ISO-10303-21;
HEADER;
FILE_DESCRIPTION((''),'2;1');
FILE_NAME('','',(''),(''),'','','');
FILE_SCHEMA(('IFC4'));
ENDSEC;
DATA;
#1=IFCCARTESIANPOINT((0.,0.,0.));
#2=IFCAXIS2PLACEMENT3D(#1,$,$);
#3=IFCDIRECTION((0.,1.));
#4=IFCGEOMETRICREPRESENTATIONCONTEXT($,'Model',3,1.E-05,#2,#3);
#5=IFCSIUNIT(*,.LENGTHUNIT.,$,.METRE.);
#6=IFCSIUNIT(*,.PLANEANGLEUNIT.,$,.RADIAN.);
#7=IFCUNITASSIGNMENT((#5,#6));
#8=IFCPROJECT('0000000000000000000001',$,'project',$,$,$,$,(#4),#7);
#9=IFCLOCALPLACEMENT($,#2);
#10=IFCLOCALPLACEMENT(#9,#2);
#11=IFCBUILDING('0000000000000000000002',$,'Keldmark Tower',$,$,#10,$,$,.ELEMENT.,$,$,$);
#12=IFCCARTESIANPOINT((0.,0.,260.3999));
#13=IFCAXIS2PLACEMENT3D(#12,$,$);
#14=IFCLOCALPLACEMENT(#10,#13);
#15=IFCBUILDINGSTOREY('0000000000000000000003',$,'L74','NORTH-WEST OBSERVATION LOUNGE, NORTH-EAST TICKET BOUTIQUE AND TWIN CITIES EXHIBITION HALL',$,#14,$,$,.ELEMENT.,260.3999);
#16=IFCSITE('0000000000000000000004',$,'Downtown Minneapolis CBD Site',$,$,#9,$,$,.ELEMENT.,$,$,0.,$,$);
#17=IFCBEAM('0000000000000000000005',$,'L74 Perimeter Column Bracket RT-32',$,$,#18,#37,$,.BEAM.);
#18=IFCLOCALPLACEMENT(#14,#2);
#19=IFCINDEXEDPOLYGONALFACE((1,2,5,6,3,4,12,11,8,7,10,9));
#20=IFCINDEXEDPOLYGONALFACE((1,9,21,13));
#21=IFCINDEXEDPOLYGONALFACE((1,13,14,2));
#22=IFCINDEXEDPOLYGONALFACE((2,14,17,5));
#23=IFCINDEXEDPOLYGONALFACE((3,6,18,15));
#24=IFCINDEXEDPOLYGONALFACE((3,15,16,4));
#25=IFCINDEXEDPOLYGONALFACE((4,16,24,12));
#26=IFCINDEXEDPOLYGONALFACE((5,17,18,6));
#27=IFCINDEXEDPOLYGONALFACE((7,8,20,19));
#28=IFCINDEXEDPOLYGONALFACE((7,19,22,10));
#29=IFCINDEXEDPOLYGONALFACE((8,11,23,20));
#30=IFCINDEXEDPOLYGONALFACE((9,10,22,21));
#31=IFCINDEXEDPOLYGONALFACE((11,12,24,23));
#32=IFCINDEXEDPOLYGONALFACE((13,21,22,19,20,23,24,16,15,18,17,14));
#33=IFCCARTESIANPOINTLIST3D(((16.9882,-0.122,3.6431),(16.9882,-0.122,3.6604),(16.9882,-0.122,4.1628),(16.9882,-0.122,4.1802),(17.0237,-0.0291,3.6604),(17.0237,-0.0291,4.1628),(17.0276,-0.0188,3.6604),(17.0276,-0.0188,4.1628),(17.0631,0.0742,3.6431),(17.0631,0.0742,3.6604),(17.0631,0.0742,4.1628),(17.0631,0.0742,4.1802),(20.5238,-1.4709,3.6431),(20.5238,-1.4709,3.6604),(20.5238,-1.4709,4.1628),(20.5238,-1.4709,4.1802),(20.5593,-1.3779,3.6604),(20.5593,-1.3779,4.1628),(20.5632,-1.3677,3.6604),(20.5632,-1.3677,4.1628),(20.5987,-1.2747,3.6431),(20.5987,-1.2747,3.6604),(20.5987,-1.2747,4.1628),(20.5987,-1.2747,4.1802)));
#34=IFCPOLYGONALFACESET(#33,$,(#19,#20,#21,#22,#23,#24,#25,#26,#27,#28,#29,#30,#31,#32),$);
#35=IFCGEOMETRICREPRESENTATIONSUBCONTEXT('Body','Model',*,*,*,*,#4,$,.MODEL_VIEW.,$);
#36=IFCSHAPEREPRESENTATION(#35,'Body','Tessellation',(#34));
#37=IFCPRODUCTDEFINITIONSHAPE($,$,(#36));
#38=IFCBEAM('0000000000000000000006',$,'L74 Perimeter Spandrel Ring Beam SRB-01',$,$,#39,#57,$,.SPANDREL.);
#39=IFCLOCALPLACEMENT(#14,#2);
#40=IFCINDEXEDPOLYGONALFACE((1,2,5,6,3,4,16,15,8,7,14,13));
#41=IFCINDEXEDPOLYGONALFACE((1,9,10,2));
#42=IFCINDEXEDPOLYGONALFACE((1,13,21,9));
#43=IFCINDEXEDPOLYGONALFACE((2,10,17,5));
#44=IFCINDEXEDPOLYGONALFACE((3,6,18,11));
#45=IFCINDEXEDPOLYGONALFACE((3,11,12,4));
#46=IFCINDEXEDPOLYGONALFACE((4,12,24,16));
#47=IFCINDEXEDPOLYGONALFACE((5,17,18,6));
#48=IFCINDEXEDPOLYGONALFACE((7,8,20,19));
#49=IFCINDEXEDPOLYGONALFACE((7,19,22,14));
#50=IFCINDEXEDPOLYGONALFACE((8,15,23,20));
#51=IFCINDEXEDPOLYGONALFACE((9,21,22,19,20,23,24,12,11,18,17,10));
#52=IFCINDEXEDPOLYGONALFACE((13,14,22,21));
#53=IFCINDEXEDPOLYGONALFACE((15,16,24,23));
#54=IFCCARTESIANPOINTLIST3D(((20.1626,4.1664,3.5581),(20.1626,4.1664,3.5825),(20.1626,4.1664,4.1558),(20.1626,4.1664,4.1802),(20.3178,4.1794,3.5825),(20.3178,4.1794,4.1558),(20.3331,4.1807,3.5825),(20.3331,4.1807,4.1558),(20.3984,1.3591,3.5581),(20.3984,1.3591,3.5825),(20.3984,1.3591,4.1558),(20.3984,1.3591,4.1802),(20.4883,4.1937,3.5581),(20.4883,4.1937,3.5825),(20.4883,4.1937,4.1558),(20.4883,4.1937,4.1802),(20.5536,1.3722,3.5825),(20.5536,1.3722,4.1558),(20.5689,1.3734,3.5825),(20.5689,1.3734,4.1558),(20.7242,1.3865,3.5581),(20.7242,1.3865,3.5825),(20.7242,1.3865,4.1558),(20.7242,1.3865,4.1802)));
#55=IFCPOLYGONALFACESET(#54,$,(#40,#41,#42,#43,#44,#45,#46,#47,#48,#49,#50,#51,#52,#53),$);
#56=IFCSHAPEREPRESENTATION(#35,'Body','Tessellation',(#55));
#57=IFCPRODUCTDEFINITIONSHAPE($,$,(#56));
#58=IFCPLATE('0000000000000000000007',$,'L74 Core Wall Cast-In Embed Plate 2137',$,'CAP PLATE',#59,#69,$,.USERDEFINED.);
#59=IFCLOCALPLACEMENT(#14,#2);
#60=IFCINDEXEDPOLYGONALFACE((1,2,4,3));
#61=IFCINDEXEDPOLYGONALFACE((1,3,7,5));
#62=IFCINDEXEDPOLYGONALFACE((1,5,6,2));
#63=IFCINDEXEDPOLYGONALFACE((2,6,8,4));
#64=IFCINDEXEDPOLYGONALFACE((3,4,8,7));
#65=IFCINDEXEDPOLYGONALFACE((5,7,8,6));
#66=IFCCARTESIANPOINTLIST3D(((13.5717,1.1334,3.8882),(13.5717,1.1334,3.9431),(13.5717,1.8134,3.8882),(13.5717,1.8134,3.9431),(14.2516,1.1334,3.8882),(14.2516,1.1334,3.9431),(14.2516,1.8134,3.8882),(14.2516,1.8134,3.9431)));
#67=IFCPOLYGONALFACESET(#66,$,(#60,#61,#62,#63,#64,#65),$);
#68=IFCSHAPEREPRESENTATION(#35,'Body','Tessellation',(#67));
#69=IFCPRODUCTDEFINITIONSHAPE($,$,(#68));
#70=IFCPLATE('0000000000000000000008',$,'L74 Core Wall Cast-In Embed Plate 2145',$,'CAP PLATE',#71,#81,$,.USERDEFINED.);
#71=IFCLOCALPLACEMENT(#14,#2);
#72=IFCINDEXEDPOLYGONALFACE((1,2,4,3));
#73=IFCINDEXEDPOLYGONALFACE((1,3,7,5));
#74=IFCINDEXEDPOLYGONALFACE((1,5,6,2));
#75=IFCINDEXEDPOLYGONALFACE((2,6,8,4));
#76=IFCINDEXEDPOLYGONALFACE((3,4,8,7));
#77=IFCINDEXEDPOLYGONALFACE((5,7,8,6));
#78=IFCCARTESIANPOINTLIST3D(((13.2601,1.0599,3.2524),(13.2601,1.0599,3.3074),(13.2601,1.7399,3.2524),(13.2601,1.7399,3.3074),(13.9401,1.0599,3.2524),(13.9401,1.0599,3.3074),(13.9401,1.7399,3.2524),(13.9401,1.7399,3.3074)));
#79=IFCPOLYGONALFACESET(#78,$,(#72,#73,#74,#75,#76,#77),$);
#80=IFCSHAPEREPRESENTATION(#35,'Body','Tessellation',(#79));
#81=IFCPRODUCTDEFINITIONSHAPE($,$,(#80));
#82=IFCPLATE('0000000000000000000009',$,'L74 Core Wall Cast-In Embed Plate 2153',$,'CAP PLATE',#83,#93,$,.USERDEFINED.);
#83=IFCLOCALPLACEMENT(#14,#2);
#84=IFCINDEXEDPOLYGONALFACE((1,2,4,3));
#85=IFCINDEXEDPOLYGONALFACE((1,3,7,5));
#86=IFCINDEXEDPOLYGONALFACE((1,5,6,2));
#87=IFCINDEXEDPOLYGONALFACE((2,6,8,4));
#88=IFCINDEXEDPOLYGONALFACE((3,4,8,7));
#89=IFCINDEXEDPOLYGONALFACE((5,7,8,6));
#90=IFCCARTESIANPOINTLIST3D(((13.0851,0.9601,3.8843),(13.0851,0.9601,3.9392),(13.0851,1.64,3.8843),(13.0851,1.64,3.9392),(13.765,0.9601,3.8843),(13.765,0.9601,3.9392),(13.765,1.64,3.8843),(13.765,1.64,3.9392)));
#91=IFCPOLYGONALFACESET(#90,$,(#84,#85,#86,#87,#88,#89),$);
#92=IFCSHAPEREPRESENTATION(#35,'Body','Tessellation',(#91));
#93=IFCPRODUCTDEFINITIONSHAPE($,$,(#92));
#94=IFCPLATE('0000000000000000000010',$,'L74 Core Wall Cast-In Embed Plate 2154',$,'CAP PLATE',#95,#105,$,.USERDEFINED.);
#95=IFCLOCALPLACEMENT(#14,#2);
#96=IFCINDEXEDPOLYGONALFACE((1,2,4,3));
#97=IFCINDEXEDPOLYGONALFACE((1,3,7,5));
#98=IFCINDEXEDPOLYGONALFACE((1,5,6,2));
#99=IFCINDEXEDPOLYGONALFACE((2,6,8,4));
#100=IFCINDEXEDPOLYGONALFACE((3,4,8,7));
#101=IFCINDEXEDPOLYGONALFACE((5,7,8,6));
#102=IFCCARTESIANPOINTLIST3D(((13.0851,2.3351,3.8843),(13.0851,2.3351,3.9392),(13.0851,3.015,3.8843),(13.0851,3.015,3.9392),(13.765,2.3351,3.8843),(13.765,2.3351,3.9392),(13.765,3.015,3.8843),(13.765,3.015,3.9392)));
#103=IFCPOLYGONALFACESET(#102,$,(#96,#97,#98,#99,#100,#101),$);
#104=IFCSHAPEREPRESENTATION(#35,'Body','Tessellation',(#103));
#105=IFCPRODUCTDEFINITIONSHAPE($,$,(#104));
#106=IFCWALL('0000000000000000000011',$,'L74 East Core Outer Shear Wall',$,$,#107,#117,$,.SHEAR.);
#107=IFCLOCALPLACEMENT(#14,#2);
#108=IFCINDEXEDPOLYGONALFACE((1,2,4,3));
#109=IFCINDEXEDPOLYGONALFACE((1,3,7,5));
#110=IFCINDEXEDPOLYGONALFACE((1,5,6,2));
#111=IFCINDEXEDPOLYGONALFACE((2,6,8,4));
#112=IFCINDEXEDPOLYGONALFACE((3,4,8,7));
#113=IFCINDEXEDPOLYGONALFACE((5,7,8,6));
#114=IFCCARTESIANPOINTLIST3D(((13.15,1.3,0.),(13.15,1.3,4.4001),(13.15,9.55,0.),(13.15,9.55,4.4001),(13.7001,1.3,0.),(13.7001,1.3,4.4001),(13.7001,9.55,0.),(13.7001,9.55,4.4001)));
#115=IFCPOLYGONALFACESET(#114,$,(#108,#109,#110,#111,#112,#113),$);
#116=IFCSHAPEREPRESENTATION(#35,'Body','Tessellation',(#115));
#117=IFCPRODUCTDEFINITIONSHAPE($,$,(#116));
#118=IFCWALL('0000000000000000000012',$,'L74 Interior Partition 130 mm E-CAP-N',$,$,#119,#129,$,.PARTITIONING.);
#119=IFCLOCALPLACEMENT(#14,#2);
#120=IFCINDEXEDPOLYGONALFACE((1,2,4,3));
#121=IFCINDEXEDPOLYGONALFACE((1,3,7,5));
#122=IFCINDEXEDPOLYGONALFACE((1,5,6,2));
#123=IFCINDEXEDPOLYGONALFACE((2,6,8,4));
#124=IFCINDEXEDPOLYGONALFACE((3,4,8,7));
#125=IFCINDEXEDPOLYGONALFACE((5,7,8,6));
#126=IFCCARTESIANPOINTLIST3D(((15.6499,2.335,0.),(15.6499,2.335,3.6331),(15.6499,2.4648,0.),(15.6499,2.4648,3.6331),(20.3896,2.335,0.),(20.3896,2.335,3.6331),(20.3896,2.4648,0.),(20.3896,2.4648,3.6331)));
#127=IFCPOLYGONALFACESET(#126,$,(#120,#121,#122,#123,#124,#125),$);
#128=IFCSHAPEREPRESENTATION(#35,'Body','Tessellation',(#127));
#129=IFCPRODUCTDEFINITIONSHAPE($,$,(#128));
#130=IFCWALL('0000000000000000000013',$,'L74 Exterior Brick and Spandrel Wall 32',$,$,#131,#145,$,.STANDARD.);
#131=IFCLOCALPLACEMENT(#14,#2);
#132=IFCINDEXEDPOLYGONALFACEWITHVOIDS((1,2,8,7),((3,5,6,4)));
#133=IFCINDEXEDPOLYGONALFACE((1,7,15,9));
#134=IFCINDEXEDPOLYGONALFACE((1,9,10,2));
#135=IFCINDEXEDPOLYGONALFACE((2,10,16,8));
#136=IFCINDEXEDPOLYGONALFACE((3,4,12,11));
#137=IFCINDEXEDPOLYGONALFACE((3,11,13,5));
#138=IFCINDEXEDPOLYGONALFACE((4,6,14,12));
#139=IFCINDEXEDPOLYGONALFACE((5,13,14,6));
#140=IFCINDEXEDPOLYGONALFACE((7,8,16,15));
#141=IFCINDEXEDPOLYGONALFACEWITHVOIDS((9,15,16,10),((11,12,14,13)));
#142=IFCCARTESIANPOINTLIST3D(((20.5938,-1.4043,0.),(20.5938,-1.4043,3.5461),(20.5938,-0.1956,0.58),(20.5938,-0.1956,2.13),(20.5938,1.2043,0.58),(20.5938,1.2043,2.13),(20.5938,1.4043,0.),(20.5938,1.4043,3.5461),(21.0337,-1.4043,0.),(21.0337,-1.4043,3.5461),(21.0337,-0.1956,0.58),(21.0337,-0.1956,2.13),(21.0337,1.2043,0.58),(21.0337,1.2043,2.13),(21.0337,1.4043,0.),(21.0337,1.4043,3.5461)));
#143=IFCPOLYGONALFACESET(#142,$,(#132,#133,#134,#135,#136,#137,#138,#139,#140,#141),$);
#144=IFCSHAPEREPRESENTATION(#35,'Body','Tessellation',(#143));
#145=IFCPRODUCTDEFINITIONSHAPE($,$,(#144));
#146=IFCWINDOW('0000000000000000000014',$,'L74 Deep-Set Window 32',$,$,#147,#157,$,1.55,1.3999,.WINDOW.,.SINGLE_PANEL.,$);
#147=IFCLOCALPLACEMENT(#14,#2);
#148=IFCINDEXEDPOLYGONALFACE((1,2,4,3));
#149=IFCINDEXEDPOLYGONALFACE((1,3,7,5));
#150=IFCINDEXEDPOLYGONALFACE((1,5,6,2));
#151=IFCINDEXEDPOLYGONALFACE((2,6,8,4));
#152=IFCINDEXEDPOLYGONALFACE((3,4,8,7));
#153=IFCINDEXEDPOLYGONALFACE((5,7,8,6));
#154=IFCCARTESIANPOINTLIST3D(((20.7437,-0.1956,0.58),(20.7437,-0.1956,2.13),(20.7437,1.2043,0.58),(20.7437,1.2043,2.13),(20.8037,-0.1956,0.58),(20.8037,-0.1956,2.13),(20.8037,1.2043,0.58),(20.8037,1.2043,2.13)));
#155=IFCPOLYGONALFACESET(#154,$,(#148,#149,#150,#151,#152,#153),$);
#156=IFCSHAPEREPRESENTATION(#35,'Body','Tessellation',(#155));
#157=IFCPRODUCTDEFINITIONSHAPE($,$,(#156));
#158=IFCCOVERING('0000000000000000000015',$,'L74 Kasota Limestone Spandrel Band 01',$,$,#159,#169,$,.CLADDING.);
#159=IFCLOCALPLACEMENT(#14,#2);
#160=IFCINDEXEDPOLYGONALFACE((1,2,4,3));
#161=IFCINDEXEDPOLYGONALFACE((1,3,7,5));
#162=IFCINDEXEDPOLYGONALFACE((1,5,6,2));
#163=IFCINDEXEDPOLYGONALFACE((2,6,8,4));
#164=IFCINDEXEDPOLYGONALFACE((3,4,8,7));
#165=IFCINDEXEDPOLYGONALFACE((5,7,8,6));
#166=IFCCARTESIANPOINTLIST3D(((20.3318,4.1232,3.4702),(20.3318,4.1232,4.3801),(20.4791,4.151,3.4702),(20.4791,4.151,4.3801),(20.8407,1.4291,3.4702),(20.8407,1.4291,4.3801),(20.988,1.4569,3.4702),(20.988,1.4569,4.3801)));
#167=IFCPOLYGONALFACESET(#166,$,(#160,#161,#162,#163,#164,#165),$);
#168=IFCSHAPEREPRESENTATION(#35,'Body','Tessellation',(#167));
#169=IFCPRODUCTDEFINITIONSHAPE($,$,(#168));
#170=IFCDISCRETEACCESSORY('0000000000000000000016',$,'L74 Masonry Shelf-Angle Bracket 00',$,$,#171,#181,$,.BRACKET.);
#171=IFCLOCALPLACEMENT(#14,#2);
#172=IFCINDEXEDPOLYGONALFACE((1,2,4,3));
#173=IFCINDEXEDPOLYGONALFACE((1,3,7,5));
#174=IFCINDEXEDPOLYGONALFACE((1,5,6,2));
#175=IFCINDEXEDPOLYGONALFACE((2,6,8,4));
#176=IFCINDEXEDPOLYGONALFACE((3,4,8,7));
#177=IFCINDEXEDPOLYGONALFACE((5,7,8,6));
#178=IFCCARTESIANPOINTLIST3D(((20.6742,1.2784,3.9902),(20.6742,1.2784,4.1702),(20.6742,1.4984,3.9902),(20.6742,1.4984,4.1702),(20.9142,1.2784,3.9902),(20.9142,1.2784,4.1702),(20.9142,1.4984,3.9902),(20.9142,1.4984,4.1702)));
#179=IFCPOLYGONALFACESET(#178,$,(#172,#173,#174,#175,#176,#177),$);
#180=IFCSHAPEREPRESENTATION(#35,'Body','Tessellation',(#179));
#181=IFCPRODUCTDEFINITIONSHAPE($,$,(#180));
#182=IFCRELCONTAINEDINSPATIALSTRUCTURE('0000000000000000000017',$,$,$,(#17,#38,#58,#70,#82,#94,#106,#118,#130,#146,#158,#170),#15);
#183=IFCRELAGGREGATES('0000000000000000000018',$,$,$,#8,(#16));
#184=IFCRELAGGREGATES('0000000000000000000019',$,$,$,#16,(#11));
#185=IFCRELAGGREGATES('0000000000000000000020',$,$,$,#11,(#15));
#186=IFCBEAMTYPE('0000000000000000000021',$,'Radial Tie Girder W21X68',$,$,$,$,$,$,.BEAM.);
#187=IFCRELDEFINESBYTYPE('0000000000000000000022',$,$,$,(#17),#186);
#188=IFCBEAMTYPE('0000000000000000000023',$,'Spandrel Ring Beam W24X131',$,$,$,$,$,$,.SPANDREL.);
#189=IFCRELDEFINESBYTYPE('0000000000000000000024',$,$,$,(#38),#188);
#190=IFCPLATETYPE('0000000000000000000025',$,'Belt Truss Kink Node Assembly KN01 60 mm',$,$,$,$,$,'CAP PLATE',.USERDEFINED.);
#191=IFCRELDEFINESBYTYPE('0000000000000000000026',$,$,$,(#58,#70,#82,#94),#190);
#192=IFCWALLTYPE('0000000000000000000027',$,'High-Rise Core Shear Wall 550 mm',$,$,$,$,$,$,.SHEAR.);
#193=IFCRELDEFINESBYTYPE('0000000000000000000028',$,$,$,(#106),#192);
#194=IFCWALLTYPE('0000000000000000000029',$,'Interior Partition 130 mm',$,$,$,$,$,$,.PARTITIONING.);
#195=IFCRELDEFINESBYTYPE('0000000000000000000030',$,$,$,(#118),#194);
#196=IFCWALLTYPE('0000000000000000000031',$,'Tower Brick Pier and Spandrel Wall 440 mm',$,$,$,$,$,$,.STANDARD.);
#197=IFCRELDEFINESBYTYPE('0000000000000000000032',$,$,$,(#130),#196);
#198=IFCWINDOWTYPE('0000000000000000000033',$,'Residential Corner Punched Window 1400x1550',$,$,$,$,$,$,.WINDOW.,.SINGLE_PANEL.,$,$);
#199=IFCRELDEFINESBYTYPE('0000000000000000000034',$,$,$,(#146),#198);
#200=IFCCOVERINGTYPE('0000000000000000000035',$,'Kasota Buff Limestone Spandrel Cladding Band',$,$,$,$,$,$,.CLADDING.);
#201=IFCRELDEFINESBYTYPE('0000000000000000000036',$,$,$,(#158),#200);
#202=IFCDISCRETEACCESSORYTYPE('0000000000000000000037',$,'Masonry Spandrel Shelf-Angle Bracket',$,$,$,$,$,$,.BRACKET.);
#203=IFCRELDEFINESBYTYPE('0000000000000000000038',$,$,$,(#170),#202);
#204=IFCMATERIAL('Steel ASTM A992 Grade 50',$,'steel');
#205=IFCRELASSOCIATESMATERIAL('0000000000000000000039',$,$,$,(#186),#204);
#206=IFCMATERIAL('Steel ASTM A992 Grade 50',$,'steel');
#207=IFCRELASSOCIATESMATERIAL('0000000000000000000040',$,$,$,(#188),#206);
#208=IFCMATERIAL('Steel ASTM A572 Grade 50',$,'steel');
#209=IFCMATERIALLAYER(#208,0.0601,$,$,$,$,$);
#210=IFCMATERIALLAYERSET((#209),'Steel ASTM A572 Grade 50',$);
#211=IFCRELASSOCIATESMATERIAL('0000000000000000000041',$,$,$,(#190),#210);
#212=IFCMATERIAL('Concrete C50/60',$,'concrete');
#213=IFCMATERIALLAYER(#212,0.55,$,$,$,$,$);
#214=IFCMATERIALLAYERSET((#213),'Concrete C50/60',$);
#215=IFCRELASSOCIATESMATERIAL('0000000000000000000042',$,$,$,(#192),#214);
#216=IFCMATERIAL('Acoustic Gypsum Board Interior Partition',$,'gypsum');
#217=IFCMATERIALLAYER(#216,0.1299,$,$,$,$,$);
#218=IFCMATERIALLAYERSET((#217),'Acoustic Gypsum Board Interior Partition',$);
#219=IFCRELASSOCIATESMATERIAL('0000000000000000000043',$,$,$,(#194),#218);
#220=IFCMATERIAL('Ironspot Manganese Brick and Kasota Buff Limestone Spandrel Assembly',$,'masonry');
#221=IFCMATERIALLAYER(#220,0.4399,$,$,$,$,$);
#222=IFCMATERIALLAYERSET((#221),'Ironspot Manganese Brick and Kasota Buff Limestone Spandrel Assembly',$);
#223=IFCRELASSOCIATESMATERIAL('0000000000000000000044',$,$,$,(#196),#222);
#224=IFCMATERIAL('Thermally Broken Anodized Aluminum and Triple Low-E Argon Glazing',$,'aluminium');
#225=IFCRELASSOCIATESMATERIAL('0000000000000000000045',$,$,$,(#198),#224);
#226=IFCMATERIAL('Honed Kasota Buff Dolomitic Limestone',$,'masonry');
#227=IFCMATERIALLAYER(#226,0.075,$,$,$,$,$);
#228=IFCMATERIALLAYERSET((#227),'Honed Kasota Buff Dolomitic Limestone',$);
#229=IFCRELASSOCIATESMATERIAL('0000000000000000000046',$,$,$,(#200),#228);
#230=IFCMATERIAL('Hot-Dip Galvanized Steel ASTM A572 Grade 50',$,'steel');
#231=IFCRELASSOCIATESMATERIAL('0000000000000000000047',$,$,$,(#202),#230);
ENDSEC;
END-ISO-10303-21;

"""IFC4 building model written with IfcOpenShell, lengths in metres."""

from ifc_helpers import new_model, si_unit, direction, frame, frame_2d, origin, origin_2d, place, context, subcontext, project, spatial, rectangle, i_section, extrude, material, layer, layer_set, material_profile, profile_set, type_object, element, fill, save


model = new_model("IFC4")

# Units and contexts
model_context = context("Model", 3, precision=1e-05, world=origin(), true_north=direction((0.0, 1.0)))
body_context = subcontext(model_context, "Body", "Model", "MODEL_VIEW")
ifc_project = project(units=[si_unit("LENGTHUNIT", "METRE"), si_unit("PLANEANGLEUNIT", "RADIAN")], contexts=[model_context])

# Site, building, storey
site_placement = place(None, origin())
site = spatial("IfcSite", under=ifc_project, at=site_placement, Name="Downtown Minneapolis CBD Site", CompositionType="ELEMENT", RefElevation=0.0)
building_placement = place(site_placement, origin())
building = spatial("IfcBuilding", under=site, at=building_placement, Name="Keldmark Tower", CompositionType="ELEMENT")
storey_placement = place(building_placement, frame((0.0, 0.0, 260.3999)))
storey = spatial("IfcBuildingStorey", under=building, at=storey_placement, Name="L74", Description="NORTH-WEST OBSERVATION LOUNGE, NORTH-EAST TICKET BOUTIQUE AND TWIN CITIES EXHIBITION HALL", CompositionType="ELEMENT", Elevation=260.3999)

# Beams
ifc_material_1 = material(Name="Steel ASTM A992 Grade 50", Category="steel")
ifc_material_profile_1 = material_profile(ifc_material_1, i_section(OverallWidth=0.21, OverallDepth=0.5371, WebThickness=0.011, FlangeThickness=0.0173, at=origin_2d()), Name="W21X68")
ifc_profile_set_1 = profile_set([ifc_material_profile_1], Name="Steel ASTM A992 Grade 50")
beam_type_1 = type_object("IfcBeamType", Name="Radial Tie Girder W21X68", PredefinedType="BEAM", material=ifc_profile_set_1)
beam_1_placement = place(storey_placement, frame((17.0256, -0.0239, 3.9116), z_axis=(0.934315, -0.356449, 0.0), x_axis=(0.356449, 0.934315, 0.0)))
element("IfcBeam", 1, at=beam_1_placement, inside=storey, type_object=beam_type_1, Name="L74 Perimeter Column Bracket RT-32", PredefinedType="BEAM", context=body_context, shape_type="SweptSolid", body=[
    extrude(i_section(OverallWidth=0.21, OverallDepth=0.5371, WebThickness=0.011, FlangeThickness=0.0173, at=origin_2d()), origin(), (0.0, 0.0, 1.0), 3.7842),
])
ifc_material_2 = material(Name="Steel ASTM A992 Grade 50", Category="steel")
ifc_material_profile_2 = material_profile(ifc_material_2, i_section(OverallWidth=0.3269, OverallDepth=0.6221, WebThickness=0.0154, FlangeThickness=0.0244, at=origin_2d()), Name="W24X131")
ifc_profile_set_2 = profile_set([ifc_material_profile_2], Name="Steel ASTM A992 Grade 50")
beam_type_2 = type_object("IfcBeamType", Name="Spandrel Ring Beam W24X131", PredefinedType="SPANDREL", material=ifc_profile_set_2)
beam_2_placement = place(storey_placement, frame((20.5613, 1.3728, 3.8691), z_axis=(-0.08372, 0.996489, 0.0), x_axis=(-0.996489, -0.08372, 0.0)))
element("IfcBeam", 2, at=beam_2_placement, inside=storey, type_object=beam_type_2, Name="L74 Perimeter Spandrel Ring Beam SRB-01", PredefinedType="SPANDREL", context=body_context, shape_type="SweptSolid", body=[
    extrude(i_section(OverallWidth=0.3269, OverallDepth=0.6221, WebThickness=0.0154, FlangeThickness=0.0244, at=origin_2d()), origin(), (0.0, 0.0, 1.0), 2.8171),
])

# Plates
ifc_material_3 = material(Name="Steel ASTM A572 Grade 50", Category="steel")
ifc_layer_1 = layer(ifc_material_3, 0.0601)
ifc_layer_set_1 = layer_set([ifc_layer_1], Name="Steel ASTM A572 Grade 50")
plate_type = type_object("IfcPlateType", Name="Belt Truss Kink Node Assembly KN01 60 mm", ElementType="CAP PLATE", PredefinedType="USERDEFINED", material=ifc_layer_set_1)
for number, where, z_axis, x_axis, name in (
    (3, (13.9116, 1.4734, 3.8882), (0.0, 0.0, 1.0), (1.0, 0.0, 0.0), "L74 Core Wall Cast-In Embed Plate 2137"),
    (4, (13.6001, 1.3999, 3.2524), (0.0, 0.0, 1.0), (1.0, 0.0, 0.0), "L74 Core Wall Cast-In Embed Plate 2145"),
    (5, (13.425, 1.3, 3.8843), (0.0, 0.0, 1.0), (1.0, 0.0, 0.0), "L74 Core Wall Cast-In Embed Plate 2153"),
    (6, (13.425, 2.675, 3.8843), (0.0, 0.0, 1.0), (1.0, 0.0, 0.0), "L74 Core Wall Cast-In Embed Plate 2154"),
):
    element("IfcPlate", number, at=place(storey_placement, frame(where, z_axis=z_axis, x_axis=x_axis)), inside=storey, type_object=plate_type, Name=name, ObjectType="CAP PLATE", PredefinedType="USERDEFINED", context=body_context, shape_type="SweptSolid", body=[
        extrude(rectangle(XDim=0.6799, YDim=0.6799, at=origin_2d()), origin(), (0.0, 0.0, 1.0), 0.0549),
    ])

# Wall
ifc_material_4 = material(Name="Concrete C50/60", Category="concrete")
ifc_layer_2 = layer(ifc_material_4, 0.55)
ifc_layer_set_2 = layer_set([ifc_layer_2], Name="Concrete C50/60")
wall_type_1 = type_object("IfcWallType", Name="High-Rise Core Shear Wall 550 mm", PredefinedType="SHEAR", material=ifc_layer_set_2)
wall_1_placement = place(storey_placement, frame((13.425, 1.3, 0.0), z_axis=(0.0, 0.0, 1.0), x_axis=(0.0, 1.0, 0.0)))
element("IfcWall", 7, at=wall_1_placement, inside=storey, type_object=wall_type_1, Name="L74 East Core Outer Shear Wall", PredefinedType="SHEAR", context=body_context, shape_type="SweptSolid", body=[
    extrude(rectangle(XDim=8.25, YDim=0.55, at=frame_2d((4.125, 0.0))), origin(), (0.0, 0.0, 1.0), 4.4001),
])

# Wall
ifc_material_5 = material(Name="Acoustic Gypsum Board Interior Partition", Category="gypsum")
ifc_layer_3 = layer(ifc_material_5, 0.1299)
ifc_layer_set_3 = layer_set([ifc_layer_3], Name="Acoustic Gypsum Board Interior Partition")
wall_type_2 = type_object("IfcWallType", Name="Interior Partition 130 mm", PredefinedType="PARTITIONING", material=ifc_layer_set_3)
wall_2_placement = place(storey_placement, frame((15.6499, 2.3999, 0.0), z_axis=(0.0, 0.0, 1.0), x_axis=(1.0, 0.0, 0.0)))
element("IfcWall", 8, at=wall_2_placement, inside=storey, type_object=wall_type_2, Name="L74 Interior Partition 130 mm E-CAP-N", PredefinedType="PARTITIONING", context=body_context, shape_type="SweptSolid", body=[
    extrude(rectangle(XDim=4.7397, YDim=0.1299, at=frame_2d((2.3699, 0.0))), origin(), (0.0, 0.0, 1.0), 3.6331),
])

# Wall, opening, window
ifc_material_6 = material(Name="Ironspot Manganese Brick and Kasota Buff Limestone Spandrel Assembly", Category="masonry")
ifc_layer_4 = layer(ifc_material_6, 0.4399)
ifc_layer_set_4 = layer_set([ifc_layer_4], Name="Ironspot Manganese Brick and Kasota Buff Limestone Spandrel Assembly")
wall_type_3 = type_object("IfcWallType", Name="Tower Brick Pier and Spandrel Wall 440 mm", PredefinedType="STANDARD", material=ifc_layer_set_4)
wall_3_placement = place(storey_placement, frame((20.8137, 1.4043, 0.0), z_axis=(0.0, 0.0, 1.0), x_axis=(0.0, -1.0, 0.0)))
wall_3 = element("IfcWall", 9, at=wall_3_placement, inside=storey, type_object=wall_type_3, Name="L74 Exterior Brick and Spandrel Wall 32", PredefinedType="STANDARD", context=body_context, shape_type="SweptSolid", body=[
    extrude(rectangle(XDim=2.8086, YDim=0.4399, at=frame_2d((1.4043, 0.0))), origin(), (0.0, 0.0, 1.0), 3.5461),
])
opening_1_placement = place(wall_3_placement, frame((0.2, 0.0, 0.5801)))
opening_1 = element("IfcOpeningElement", 10, at=opening_1_placement, cuts=wall_3, PredefinedType="OPENING", context=body_context, shape_type="SweptSolid", body=[
    extrude(rectangle(XDim=1.3999, YDim=1.55, at=frame_2d((0.7, 0.7749))), frame((0.0, 0.23, 0.0), z_axis=(0.0, -1.0, 0.0), x_axis=(1.0, 0.0, 0.0)), (0.0, 0.0, 1.0), 0.46),
])
ifc_material_7 = material(Name="Thermally Broken Anodized Aluminum and Triple Low-E Argon Glazing", Category="aluminium")
window_type = type_object("IfcWindowType", Name="Residential Corner Punched Window 1400x1550", PartitioningType="SINGLE_PANEL", PredefinedType="WINDOW", material=ifc_material_7)
window_placement = place(opening_1_placement, origin())
window = element("IfcWindow", 11, at=window_placement, inside=storey, type_object=window_type, Name="L74 Deep-Set Window 32", OverallHeight=1.55, OverallWidth=1.3999, PartitioningType="SINGLE_PANEL", PredefinedType="WINDOW", context=body_context, shape_type="SweptSolid", body=[
    extrude(rectangle(XDim=1.3999, YDim=1.55, at=frame_2d((0.7, 0.7749))), frame((0.0, -0.01, 0.0), z_axis=(0.0, -1.0, 0.0), x_axis=(1.0, 0.0, 0.0)), (0.0, 0.0, 1.0), 0.0601),
])
fill(opening_1, window)

# Covering
ifc_material_8 = material(Name="Honed Kasota Buff Dolomitic Limestone", Category="masonry")
ifc_layer_5 = layer(ifc_material_8, 0.075)
ifc_layer_set_5 = layer_set([ifc_layer_5], Name="Honed Kasota Buff Dolomitic Limestone")
covering_type = type_object("IfcCoveringType", Name="Kasota Buff Limestone Spandrel Cladding Band", PredefinedType="CLADDING", material=ifc_layer_set_5)
covering_placement = place(storey_placement, frame((20.6599, 2.79, 3.4702), z_axis=(0.0, 0.0, 1.0), x_axis=(-0.185598, 0.982626, 0.0)))
element("IfcCovering", 12, at=covering_placement, inside=storey, type_object=covering_type, Name="L74 Kasota Limestone Spandrel Band 01", PredefinedType="CLADDING", context=body_context, shape_type="SweptSolid", body=[
    extrude(rectangle(XDim=2.7417, YDim=0.1499, at=origin_2d()), origin(), (0.0, 0.0, 1.0), 0.9099),
])

# Discrete accessory
ifc_material_9 = material(Name="Hot-Dip Galvanized Steel ASTM A572 Grade 50", Category="steel")
discrete_accessory_type = type_object("IfcDiscreteAccessoryType", Name="Masonry Spandrel Shelf-Angle Bracket", PredefinedType="BRACKET", material=ifc_material_9)
discrete_accessory_placement = place(storey_placement, frame((20.7942, 1.3884, 3.9902), z_axis=(0.0, 0.0, 1.0), x_axis=(1.0, 0.0, 0.0)))
element("IfcDiscreteAccessory", 13, at=discrete_accessory_placement, inside=storey, type_object=discrete_accessory_type, Name="L74 Masonry Shelf-Angle Bracket 00", PredefinedType="BRACKET", context=body_context, shape_type="SweptSolid", body=[
    extrude(rectangle(XDim=0.24, YDim=0.22, at=origin_2d()), origin(), (0.0, 0.0, 1.0), 0.1799),
])

save(model, "model.ifc")
